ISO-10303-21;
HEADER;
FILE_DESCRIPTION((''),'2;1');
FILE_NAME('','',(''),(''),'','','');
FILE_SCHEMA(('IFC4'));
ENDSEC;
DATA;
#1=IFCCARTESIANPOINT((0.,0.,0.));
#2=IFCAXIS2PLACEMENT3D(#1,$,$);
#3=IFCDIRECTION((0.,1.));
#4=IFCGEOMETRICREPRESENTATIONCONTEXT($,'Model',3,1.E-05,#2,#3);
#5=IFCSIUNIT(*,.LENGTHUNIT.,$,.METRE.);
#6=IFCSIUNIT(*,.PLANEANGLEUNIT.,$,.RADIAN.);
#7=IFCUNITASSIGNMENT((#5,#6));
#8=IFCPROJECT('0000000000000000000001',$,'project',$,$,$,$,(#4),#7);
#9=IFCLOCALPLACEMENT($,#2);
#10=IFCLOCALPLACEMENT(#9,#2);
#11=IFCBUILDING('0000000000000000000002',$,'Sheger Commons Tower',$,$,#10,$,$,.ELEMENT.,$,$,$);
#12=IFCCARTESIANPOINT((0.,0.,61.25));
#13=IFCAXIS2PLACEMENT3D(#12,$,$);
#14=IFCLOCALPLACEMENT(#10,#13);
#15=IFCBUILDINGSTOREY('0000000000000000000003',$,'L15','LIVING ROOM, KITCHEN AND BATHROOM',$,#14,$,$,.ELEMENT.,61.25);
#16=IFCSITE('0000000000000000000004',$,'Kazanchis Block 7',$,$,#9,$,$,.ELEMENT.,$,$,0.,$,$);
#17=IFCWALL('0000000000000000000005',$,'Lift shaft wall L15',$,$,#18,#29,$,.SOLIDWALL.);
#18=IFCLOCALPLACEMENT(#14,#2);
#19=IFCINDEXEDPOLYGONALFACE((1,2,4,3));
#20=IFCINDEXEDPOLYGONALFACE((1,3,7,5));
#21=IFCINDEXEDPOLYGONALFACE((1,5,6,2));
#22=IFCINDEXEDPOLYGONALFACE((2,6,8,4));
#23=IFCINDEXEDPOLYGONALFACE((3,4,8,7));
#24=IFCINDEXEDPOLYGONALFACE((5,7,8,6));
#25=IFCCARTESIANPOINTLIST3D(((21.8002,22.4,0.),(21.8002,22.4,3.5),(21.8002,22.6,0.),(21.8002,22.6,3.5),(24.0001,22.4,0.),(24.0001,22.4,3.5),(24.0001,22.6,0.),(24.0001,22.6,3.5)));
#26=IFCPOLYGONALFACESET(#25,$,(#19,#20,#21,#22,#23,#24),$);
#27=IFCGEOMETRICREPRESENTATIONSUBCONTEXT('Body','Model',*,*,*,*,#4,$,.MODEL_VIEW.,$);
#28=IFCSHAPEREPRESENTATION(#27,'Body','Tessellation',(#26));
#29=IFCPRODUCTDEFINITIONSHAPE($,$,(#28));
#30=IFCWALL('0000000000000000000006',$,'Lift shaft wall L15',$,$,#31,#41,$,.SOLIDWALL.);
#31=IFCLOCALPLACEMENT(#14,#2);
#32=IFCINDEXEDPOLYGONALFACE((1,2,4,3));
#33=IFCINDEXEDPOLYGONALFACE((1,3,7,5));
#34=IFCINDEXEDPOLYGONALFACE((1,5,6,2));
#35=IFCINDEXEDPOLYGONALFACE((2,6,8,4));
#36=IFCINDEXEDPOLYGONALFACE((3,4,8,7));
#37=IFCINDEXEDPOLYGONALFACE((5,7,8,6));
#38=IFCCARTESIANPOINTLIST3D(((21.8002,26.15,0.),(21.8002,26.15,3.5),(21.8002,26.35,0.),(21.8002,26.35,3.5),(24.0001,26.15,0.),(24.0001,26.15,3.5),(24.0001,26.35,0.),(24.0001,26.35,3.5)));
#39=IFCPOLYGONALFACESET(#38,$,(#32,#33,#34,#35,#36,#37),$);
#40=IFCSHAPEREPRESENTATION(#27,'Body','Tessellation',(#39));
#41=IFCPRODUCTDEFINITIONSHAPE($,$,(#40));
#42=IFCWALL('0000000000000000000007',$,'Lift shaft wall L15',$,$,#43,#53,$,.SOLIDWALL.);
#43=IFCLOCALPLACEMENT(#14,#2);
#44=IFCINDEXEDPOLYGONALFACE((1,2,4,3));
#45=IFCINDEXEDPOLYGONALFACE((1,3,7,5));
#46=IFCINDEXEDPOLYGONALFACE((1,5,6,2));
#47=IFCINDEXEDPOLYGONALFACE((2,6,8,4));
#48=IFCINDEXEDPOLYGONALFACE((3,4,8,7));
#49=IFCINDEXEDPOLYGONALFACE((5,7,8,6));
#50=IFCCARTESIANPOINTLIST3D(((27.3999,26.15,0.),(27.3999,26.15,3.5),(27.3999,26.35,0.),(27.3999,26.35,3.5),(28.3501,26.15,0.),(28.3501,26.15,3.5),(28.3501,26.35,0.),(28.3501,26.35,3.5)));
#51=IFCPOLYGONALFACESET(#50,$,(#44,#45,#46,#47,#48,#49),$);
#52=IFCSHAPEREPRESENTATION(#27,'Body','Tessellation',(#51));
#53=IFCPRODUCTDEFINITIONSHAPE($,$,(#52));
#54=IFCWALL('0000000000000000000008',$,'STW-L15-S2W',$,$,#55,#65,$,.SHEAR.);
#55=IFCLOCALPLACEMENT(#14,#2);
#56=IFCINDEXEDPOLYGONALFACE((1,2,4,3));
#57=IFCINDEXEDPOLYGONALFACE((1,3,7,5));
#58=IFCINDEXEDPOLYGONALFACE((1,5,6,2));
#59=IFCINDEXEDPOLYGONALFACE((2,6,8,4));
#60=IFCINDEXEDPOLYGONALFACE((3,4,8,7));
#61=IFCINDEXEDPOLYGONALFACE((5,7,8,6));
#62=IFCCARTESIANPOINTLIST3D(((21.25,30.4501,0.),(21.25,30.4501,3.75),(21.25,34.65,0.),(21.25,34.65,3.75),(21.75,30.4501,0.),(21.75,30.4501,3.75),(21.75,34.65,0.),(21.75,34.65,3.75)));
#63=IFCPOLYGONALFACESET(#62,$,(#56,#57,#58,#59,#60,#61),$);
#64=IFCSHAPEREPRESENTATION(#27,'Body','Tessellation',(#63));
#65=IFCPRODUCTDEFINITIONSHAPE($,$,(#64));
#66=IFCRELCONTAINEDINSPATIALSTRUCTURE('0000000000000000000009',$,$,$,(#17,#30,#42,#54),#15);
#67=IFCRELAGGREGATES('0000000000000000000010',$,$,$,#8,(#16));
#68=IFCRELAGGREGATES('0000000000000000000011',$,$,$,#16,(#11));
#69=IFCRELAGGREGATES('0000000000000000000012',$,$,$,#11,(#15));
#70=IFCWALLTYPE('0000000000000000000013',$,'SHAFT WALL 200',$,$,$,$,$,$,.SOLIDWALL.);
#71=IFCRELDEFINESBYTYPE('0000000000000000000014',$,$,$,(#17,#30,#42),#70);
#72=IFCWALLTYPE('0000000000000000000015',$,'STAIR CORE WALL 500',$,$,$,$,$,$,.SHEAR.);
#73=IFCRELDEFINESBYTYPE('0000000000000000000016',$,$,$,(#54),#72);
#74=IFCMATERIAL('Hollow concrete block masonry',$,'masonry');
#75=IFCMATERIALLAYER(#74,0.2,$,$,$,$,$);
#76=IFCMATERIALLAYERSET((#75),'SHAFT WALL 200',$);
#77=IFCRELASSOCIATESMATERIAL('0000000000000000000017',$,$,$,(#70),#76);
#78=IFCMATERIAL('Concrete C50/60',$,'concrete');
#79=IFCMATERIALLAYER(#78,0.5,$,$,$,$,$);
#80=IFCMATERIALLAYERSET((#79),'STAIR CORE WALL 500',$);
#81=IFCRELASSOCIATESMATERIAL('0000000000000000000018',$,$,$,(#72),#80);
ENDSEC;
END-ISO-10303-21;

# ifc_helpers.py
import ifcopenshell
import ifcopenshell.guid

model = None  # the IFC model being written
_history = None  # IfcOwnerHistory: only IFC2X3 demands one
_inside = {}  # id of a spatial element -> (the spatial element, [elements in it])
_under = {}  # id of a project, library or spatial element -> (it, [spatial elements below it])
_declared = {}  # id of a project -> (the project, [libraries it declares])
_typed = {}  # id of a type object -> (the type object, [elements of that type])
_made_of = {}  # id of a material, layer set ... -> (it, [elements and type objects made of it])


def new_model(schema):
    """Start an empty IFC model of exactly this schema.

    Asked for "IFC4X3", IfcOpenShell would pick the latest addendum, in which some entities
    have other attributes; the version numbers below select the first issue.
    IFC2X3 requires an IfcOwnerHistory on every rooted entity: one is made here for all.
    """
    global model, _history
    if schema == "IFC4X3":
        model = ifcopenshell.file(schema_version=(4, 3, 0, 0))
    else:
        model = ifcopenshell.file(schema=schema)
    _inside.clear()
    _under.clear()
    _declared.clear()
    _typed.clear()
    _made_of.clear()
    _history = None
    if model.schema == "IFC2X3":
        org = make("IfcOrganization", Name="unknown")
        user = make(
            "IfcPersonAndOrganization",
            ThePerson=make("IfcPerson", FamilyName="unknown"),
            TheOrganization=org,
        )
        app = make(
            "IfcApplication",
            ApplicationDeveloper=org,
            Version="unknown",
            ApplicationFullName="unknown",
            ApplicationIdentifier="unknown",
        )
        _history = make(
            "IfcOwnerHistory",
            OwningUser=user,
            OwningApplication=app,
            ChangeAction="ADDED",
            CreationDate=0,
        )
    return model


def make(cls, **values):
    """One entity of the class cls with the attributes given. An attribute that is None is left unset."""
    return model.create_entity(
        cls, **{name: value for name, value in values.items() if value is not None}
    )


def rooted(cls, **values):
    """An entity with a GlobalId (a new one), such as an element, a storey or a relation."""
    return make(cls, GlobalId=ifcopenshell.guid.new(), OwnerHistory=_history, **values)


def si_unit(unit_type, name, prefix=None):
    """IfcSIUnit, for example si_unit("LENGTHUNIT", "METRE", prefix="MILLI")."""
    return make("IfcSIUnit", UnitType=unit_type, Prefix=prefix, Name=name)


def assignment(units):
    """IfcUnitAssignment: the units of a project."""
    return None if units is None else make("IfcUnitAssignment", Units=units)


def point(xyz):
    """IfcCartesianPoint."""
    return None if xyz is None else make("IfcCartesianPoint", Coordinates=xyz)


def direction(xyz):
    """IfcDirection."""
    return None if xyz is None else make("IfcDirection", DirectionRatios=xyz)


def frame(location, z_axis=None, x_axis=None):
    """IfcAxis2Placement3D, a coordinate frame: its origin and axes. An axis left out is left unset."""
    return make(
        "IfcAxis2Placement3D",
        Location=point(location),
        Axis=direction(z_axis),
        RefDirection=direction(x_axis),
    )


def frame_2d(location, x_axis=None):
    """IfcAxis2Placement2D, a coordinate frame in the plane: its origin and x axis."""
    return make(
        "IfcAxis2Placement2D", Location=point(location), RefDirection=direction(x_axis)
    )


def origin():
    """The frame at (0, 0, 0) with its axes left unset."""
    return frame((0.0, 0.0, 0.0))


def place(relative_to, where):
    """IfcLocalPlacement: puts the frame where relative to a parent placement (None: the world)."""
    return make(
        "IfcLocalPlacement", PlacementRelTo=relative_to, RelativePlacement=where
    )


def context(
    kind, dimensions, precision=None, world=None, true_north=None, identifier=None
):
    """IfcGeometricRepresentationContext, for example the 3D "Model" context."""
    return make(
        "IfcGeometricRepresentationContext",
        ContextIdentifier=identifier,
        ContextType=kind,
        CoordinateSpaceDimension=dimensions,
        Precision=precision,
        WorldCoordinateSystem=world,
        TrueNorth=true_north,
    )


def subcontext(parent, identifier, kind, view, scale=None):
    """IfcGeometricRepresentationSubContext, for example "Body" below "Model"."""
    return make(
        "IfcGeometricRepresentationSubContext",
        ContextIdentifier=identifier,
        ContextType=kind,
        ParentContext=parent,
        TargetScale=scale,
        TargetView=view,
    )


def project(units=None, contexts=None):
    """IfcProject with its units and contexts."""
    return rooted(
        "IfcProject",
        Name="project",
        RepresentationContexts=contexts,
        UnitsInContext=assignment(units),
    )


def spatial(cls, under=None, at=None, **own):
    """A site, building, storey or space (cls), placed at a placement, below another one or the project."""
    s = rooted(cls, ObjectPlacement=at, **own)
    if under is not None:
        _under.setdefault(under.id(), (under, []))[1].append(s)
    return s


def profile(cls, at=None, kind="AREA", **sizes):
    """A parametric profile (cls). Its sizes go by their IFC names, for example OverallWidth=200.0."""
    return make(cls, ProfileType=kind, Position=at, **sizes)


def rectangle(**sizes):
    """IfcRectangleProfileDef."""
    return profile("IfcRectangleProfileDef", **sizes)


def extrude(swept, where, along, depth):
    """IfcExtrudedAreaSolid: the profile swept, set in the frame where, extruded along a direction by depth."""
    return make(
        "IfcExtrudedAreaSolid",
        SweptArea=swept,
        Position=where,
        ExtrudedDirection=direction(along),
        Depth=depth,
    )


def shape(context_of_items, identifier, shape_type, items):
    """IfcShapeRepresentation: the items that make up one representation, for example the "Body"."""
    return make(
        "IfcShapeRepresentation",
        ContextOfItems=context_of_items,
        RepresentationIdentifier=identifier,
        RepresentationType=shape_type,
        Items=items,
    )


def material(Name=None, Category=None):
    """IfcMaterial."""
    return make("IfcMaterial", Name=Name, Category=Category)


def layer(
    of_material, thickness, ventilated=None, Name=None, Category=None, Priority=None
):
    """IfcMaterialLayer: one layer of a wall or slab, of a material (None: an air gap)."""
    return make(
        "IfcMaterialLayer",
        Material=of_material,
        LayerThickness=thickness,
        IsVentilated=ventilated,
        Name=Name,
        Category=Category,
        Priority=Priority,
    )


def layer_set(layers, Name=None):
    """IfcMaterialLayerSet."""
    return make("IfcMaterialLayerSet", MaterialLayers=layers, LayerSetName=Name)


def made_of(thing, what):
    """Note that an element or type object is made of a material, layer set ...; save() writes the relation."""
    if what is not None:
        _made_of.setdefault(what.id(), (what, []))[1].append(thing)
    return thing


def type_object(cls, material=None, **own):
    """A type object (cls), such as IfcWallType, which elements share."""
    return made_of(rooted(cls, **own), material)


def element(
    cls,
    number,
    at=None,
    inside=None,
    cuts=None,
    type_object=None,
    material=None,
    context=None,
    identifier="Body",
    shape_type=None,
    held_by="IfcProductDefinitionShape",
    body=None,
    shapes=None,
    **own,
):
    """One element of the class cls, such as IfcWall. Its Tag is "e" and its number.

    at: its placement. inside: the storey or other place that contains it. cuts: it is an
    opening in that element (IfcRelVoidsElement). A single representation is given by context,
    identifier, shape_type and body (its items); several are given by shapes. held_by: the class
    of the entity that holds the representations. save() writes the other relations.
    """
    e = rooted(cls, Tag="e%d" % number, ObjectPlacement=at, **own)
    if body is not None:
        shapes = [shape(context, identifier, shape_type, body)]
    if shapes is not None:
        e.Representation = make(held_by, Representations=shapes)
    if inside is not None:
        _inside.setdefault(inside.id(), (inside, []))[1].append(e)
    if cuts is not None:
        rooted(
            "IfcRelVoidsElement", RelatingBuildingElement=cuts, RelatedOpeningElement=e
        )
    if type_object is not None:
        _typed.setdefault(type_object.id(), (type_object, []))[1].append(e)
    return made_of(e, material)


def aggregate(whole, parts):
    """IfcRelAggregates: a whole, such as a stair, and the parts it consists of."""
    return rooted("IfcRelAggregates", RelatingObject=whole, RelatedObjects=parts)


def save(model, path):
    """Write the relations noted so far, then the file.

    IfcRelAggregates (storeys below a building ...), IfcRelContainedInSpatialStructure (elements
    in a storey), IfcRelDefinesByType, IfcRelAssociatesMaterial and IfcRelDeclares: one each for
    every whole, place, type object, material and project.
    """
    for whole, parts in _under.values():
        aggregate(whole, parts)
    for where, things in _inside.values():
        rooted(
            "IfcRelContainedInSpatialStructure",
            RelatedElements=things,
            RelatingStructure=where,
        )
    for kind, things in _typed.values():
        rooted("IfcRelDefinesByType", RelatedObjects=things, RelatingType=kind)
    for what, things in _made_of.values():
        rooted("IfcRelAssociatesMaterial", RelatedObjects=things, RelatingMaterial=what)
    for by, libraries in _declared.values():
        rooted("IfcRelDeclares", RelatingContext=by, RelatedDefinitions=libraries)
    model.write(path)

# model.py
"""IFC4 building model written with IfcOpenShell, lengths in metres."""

from ifc_helpers import new_model, si_unit, direction, frame, frame_2d, origin, place, context, subcontext, project, spatial, rectangle, extrude, material, layer, layer_set, type_object, element, save


model = new_model("IFC4")

# Units and contexts
model_context = context("Model", 3, precision=1e-05, world=origin(), true_north=direction((0.0, 1.0)))
body_context = subcontext(model_context, "Body", "Model", "MODEL_VIEW")
ifc_project = project(units=[si_unit("LENGTHUNIT", "METRE"), si_unit("PLANEANGLEUNIT", "RADIAN")], contexts=[model_context])

# Site, building, storey
site_placement = place(None, origin())
site = spatial("IfcSite", under=ifc_project, at=site_placement, Name="Kazanchis Block 7", CompositionType="ELEMENT", RefElevation=0.0)
building_placement = place(site_placement, origin())
building = spatial("IfcBuilding", under=site, at=building_placement, Name="Sheger Commons Tower", CompositionType="ELEMENT")
storey_placement = place(building_placement, frame((0.0, 0.0, 61.25)))
storey = spatial("IfcBuildingStorey", under=building, at=storey_placement, Name="L15", Description="LIVING ROOM, KITCHEN AND BATHROOM", CompositionType="ELEMENT", Elevation=61.25)

# Walls
ifc_material_1 = material(Name="Hollow concrete block masonry", Category="masonry")
ifc_layer_1 = layer(ifc_material_1, 0.2)
ifc_layer_set_1 = layer_set([ifc_layer_1], Name="SHAFT WALL 200")
wall_type_1 = type_object("IfcWallType", Name="SHAFT WALL 200", PredefinedType="SOLIDWALL", material=ifc_layer_set_1)
for number, where, z_axis, x_axis, name in (
    (1, (21.8, 22.5, 0.0), (0.0, 0.0, 1.0), (1.0, 0.0, 0.0), "Lift shaft wall L15"),
    (2, (21.8, 26.25, 0.0), (0.0, 0.0, 1.0), (1.0, 0.0, 0.0), "Lift shaft wall L15"),
):
    element("IfcWall", number, at=place(storey_placement, frame(where, z_axis=z_axis, x_axis=x_axis)), inside=storey, type_object=wall_type_1, Name=name, PredefinedType="SOLIDWALL", context=body_context, shape_type="SweptSolid", body=[
        extrude(rectangle(XDim=2.2, YDim=0.2, at=frame_2d((1.1001, 0.0))), origin(), (0.0, 0.0, 1.0), 3.5),
    ])
wall_1_placement = place(storey_placement, frame((27.3999, 26.25, 0.0), z_axis=(0.0, 0.0, 1.0), x_axis=(1.0, 0.0, 0.0)))
element("IfcWall", 3, at=wall_1_placement, inside=storey, type_object=wall_type_1, Name="Lift shaft wall L15", PredefinedType="SOLIDWALL", context=body_context, shape_type="SweptSolid", body=[
    extrude(rectangle(XDim=0.9502, YDim=0.2, at=frame_2d((0.4751, 0.0))), origin(), (0.0, 0.0, 1.0), 3.5),
])
ifc_material_2 = material(Name="Concrete C50/60", Category="concrete")
ifc_layer_2 = layer(ifc_material_2, 0.5)
ifc_layer_set_2 = layer_set([ifc_layer_2], Name="STAIR CORE WALL 500")
wall_type_2 = type_object("IfcWallType", Name="STAIR CORE WALL 500", PredefinedType="SHEAR", material=ifc_layer_set_2)
wall_2_placement = place(storey_placement, frame((21.5, 30.45, 0.0), z_axis=(0.0, 0.0, 1.0), x_axis=(0.0, 1.0, 0.0)))
element("IfcWall", 4, at=wall_2_placement, inside=storey, type_object=wall_type_2, Name="STW-L15-S2W", PredefinedType="SHEAR", context=body_context, shape_type="SweptSolid", body=[
    extrude(rectangle(XDim=4.2, YDim=0.5, at=frame_2d((2.1001, 0.0))), origin(), (0.0, 0.0, 1.0), 3.75),
])

save(model, "model.ifc")
